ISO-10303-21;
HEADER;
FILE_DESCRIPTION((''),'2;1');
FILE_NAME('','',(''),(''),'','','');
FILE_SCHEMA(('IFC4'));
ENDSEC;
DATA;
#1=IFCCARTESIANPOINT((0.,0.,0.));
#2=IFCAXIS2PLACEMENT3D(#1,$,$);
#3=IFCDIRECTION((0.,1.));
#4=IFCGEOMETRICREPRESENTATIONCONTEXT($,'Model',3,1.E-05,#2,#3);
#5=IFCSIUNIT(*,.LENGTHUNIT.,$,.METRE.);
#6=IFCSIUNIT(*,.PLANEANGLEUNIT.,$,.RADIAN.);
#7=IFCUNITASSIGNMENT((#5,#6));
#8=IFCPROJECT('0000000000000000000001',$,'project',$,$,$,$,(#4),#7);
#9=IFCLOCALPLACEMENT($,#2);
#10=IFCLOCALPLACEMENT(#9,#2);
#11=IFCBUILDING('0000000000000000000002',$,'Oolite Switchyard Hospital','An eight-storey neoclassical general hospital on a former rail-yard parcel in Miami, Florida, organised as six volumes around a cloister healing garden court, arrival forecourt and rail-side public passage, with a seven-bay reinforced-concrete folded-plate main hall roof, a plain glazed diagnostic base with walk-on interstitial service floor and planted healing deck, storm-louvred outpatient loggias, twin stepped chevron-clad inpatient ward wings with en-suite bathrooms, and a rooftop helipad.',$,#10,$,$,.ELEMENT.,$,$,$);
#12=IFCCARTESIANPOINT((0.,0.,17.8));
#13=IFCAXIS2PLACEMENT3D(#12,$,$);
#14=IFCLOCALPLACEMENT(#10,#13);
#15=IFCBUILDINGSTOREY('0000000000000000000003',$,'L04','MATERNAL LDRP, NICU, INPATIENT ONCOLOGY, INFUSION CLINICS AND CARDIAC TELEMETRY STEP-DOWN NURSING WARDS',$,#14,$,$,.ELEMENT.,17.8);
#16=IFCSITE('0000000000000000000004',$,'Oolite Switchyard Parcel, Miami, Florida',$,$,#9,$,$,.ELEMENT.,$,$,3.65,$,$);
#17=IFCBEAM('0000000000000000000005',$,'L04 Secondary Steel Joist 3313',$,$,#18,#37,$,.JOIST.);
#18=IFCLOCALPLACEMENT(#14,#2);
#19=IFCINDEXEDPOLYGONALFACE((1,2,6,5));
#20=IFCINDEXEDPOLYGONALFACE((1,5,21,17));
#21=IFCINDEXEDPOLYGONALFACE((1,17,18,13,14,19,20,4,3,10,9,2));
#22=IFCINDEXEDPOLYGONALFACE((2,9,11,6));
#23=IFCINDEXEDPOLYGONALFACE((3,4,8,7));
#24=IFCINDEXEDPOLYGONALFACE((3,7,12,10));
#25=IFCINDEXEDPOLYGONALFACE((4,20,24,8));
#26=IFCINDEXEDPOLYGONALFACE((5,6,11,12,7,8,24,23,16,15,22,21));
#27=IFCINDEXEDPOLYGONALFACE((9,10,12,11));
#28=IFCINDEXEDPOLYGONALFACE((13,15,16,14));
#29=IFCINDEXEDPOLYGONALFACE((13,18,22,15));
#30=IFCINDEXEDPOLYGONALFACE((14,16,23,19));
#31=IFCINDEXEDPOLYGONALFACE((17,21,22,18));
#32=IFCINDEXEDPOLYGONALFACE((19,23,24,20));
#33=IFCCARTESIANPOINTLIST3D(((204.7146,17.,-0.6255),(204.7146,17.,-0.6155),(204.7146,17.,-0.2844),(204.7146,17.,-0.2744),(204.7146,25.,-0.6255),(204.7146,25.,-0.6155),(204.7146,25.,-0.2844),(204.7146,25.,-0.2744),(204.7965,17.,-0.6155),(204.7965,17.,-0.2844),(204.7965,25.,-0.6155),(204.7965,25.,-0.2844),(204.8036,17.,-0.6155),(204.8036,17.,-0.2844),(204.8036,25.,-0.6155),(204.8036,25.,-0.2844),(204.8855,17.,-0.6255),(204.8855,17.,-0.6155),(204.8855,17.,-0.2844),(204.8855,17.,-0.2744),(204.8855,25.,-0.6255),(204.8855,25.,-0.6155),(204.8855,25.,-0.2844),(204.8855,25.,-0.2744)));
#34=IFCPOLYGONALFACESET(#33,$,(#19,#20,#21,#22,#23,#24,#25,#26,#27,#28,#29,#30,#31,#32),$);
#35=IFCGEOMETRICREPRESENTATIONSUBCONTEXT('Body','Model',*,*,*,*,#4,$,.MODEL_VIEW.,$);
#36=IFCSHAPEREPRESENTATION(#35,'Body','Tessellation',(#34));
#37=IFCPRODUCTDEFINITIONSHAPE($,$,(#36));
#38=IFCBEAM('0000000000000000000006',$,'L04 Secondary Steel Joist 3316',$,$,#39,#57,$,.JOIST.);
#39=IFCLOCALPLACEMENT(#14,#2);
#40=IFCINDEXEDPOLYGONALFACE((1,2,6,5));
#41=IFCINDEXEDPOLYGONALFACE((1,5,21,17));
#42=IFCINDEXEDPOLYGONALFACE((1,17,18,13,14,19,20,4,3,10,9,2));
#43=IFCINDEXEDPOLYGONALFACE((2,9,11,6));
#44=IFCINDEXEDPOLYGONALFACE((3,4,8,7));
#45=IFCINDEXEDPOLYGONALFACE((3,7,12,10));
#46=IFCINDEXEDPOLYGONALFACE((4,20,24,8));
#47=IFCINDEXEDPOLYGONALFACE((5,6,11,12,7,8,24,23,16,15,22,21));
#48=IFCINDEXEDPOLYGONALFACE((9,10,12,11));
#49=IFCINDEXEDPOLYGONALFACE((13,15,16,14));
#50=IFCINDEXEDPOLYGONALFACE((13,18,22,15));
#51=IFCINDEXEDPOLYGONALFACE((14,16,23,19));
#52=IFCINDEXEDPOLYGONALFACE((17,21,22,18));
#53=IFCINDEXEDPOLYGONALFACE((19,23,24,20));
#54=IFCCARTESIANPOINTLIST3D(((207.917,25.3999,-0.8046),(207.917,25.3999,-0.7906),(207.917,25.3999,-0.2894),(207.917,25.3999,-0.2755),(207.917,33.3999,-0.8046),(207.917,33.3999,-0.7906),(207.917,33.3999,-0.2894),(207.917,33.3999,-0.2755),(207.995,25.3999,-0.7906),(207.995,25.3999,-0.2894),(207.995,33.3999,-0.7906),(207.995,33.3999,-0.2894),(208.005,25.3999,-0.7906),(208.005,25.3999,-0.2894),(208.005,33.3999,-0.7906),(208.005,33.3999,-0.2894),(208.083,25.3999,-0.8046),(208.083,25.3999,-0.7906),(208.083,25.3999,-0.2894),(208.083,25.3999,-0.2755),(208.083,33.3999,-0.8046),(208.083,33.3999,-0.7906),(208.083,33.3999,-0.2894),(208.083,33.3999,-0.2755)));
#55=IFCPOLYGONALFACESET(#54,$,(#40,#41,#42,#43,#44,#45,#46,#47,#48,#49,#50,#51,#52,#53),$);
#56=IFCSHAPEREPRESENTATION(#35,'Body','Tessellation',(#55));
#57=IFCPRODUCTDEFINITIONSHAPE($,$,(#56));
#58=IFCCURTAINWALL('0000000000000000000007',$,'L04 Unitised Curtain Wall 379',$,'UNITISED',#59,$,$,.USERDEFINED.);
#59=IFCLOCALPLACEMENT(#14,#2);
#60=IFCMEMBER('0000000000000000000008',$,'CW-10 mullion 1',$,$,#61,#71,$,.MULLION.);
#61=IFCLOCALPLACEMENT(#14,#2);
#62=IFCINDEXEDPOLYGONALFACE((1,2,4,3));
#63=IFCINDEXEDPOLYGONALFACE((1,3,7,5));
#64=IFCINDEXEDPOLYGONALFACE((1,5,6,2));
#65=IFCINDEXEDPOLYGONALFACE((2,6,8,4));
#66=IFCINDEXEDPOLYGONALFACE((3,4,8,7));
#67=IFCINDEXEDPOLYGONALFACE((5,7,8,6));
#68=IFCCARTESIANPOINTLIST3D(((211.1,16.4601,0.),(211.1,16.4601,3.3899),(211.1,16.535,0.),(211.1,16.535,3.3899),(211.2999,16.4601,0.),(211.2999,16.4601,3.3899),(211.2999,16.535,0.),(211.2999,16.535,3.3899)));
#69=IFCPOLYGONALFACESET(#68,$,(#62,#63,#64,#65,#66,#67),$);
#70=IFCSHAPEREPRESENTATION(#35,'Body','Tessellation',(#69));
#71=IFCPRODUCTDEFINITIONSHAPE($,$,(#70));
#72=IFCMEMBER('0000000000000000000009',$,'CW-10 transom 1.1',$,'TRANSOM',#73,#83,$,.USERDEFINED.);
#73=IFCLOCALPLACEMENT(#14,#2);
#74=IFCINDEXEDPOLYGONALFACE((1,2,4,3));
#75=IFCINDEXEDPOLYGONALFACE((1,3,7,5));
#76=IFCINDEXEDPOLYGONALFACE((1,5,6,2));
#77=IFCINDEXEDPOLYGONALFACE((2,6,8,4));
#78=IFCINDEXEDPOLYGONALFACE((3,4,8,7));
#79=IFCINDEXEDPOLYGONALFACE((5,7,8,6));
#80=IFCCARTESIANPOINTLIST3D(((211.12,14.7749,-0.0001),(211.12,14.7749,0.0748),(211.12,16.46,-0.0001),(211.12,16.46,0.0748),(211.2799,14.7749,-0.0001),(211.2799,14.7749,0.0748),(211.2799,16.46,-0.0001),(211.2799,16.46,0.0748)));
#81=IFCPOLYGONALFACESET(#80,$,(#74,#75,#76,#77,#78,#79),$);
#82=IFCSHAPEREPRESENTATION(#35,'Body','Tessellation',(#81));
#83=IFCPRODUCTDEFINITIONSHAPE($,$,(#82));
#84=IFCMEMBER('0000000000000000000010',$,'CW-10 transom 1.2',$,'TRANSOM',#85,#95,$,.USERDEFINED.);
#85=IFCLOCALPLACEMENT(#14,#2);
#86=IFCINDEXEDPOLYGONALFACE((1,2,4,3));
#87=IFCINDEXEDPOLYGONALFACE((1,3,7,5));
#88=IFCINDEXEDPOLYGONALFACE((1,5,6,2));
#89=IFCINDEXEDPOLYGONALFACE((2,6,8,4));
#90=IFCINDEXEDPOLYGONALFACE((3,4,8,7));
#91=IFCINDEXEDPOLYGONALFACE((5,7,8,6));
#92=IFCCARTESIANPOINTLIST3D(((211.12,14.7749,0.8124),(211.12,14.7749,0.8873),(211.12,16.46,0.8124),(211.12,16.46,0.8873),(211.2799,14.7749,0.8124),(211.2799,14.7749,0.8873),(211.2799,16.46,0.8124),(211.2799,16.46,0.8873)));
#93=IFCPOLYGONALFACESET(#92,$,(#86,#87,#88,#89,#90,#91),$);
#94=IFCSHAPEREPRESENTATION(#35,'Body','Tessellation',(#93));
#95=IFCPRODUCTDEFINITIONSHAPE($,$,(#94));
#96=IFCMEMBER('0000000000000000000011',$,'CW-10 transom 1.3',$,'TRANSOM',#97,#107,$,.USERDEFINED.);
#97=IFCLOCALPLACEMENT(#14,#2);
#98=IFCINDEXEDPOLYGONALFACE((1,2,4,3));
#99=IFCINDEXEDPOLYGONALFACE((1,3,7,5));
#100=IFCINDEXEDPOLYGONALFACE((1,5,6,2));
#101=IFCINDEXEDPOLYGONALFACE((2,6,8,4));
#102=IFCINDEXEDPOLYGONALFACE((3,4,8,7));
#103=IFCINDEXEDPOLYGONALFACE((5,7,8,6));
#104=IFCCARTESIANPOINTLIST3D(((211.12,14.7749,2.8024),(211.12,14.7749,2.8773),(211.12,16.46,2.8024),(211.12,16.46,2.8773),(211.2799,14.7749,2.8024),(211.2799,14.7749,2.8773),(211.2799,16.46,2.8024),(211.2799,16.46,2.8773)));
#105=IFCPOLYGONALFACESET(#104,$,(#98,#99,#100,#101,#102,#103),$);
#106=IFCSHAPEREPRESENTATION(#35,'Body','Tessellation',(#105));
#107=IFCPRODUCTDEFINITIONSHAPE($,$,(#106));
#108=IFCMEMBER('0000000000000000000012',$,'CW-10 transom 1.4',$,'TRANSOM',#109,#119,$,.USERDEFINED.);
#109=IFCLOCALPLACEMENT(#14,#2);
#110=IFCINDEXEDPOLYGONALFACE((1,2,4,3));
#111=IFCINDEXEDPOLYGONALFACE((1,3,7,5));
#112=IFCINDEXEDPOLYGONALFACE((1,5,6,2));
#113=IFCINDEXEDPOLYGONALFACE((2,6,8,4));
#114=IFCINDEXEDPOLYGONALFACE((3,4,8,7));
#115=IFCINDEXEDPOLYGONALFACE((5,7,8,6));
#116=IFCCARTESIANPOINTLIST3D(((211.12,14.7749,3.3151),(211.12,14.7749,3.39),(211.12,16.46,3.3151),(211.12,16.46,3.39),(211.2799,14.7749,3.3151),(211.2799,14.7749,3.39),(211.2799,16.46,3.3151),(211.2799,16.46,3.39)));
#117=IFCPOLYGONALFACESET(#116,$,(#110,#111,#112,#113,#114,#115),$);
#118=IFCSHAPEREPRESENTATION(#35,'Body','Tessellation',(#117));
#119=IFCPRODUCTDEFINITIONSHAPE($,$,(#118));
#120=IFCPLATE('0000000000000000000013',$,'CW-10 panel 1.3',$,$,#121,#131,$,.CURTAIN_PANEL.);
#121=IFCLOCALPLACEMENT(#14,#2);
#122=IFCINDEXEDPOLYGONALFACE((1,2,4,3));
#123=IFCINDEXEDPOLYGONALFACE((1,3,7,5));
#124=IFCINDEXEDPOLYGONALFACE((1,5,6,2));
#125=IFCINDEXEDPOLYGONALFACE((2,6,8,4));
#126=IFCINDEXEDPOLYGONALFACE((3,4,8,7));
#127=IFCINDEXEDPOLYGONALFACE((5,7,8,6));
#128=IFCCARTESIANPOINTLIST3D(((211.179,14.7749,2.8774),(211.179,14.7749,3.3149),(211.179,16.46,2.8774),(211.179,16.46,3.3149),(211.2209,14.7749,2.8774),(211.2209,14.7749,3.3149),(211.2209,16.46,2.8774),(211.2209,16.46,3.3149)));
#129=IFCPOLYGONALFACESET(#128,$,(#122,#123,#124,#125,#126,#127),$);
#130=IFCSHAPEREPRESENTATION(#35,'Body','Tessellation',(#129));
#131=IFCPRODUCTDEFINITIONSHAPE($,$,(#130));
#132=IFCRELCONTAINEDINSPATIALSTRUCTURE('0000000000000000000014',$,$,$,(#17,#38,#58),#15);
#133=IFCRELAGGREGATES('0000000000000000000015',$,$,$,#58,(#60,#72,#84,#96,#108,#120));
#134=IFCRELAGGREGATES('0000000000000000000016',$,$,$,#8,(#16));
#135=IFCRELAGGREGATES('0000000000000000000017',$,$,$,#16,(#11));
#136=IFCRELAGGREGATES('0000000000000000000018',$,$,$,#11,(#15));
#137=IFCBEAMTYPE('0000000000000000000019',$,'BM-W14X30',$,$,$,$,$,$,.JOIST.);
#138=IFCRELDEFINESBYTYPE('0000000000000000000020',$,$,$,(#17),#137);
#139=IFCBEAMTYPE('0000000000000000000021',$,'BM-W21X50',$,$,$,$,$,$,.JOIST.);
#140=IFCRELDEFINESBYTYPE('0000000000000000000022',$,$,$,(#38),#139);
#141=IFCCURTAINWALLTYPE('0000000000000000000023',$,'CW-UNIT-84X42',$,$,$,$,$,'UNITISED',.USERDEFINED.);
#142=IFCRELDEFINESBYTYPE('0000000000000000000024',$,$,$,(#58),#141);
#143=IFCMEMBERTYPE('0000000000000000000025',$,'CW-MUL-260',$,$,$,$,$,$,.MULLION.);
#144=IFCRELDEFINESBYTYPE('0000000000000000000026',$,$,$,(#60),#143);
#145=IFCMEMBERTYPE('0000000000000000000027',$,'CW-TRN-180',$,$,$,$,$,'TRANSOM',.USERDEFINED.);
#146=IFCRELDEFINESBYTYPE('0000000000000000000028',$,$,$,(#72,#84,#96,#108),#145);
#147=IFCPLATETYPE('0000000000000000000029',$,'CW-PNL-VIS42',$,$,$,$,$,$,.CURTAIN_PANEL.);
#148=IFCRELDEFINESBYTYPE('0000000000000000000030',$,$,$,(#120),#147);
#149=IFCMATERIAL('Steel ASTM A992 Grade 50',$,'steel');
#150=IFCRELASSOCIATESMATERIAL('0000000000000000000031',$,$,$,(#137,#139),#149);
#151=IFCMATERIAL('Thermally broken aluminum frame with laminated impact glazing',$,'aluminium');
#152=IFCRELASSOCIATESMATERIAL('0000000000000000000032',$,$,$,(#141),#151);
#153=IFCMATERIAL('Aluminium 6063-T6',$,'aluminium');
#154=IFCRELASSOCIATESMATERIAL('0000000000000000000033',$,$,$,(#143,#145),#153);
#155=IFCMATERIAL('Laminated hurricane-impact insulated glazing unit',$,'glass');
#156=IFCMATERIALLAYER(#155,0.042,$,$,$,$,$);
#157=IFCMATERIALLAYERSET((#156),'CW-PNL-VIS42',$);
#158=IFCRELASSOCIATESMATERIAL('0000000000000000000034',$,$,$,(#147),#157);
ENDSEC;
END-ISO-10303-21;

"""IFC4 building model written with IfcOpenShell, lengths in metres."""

from ifc_helpers import new_model, si_unit, direction, frame, origin, origin_2d, place, context, subcontext, project, spatial, rectangle, i_section, extrude, material, layer, layer_set, material_profile, profile_set, type_object, element, aggregate, save


model = new_model("IFC4")

# Units and contexts
model_context = context("Model", 3, precision=1e-05, world=origin(), true_north=direction((0.0, 1.0)))
body_context = subcontext(model_context, "Body", "Model", "MODEL_VIEW")
ifc_project = project(units=[si_unit("LENGTHUNIT", "METRE"), si_unit("PLANEANGLEUNIT", "RADIAN")], contexts=[model_context])

# Site, building, storey
site_placement = place(None, origin())
site = spatial("IfcSite", under=ifc_project, at=site_placement, Name="Oolite Switchyard Parcel, Miami, Florida", CompositionType="ELEMENT", RefElevation=3.65)
building_placement = place(site_placement, origin())
building = spatial("IfcBuilding", under=site, at=building_placement, Name="Oolite Switchyard Hospital", Description="An eight-storey neoclassical general hospital on a former rail-yard parcel in Miami, Florida, organised as six volumes around a cloister healing garden court, arrival forecourt and rail-side public passage, with a seven-bay reinforced-concrete folded-plate main hall roof, a plain glazed diagnostic base with walk-on interstitial service floor and planted healing deck, storm-louvred outpatient loggias, twin stepped chevron-clad inpatient ward wings with en-suite bathrooms, and a rooftop helipad.", CompositionType="ELEMENT")
storey_placement = place(building_placement, frame((0.0, 0.0, 17.8)))
storey = spatial("IfcBuildingStorey", under=building, at=storey_placement, Name="L04", Description="MATERNAL LDRP, NICU, INPATIENT ONCOLOGY, INFUSION CLINICS AND CARDIAC TELEMETRY STEP-DOWN NURSING WARDS", CompositionType="ELEMENT", Elevation=17.8)

# Beams
ifc_material_1 = material(Name="Steel ASTM A992 Grade 50", Category="steel")
ifc_material_profile_1 = material_profile(ifc_material_1, i_section(OverallWidth=0.1709, OverallDepth=0.3511, WebThickness=0.0071, FlangeThickness=0.01, at=origin_2d()), Name="W14X30")
ifc_profile_set_1 = profile_set([ifc_material_profile_1], Name="Steel ASTM A992 Grade 50")
beam_type_1 = type_object("IfcBeamType", Name="BM-W14X30", PredefinedType="JOIST", material=ifc_profile_set_1)
beam_1_placement = place(storey_placement, frame((204.8, 17.0, -0.45), z_axis=(0.0, 1.0, 0.0), x_axis=(-1.0, 0.0, 0.0)))
element("IfcBeam", 1, at=beam_1_placement, inside=storey, type_object=beam_type_1, Name="L04 Secondary Steel Joist 3313", PredefinedType="JOIST", context=body_context, shape_type="SweptSolid", body=[
    extrude(i_section(OverallWidth=0.1709, OverallDepth=0.3511, WebThickness=0.0071, FlangeThickness=0.01, at=origin_2d()), origin(), (0.0, 0.0, 1.0), 8.0),
])
ifc_material_profile_2 = material_profile(ifc_material_1, i_section(OverallWidth=0.166, OverallDepth=0.5291, WebThickness=0.01, FlangeThickness=0.0139, at=origin_2d()), Name="W21X50")
ifc_profile_set_2 = profile_set([ifc_material_profile_2], Name="Steel ASTM A992 Grade 50")
beam_type_2 = type_object("IfcBeamType", Name="BM-W21X50", PredefinedType="JOIST", material=ifc_profile_set_2)
beam_2_placement = place(storey_placement, frame((208.0, 25.3999, -0.54), z_axis=(0.0, 1.0, 0.0), x_axis=(-1.0, 0.0, 0.0)))
element("IfcBeam", 2, at=beam_2_placement, inside=storey, type_object=beam_type_2, Name="L04 Secondary Steel Joist 3316", PredefinedType="JOIST", context=body_context, shape_type="SweptSolid", body=[
    extrude(i_section(OverallWidth=0.166, OverallDepth=0.5291, WebThickness=0.01, FlangeThickness=0.0139, at=origin_2d()), origin(), (0.0, 0.0, 1.0), 8.0),
])

# Curtain wall, members, plate
ifc_material_2 = material(Name="Thermally broken aluminum frame with laminated impact glazing", Category="aluminium")
curtain_wall_type = type_object("IfcCurtainWallType", Name="CW-UNIT-84X42", ElementType="UNITISED", PredefinedType="USERDEFINED", material=ifc_material_2)
curtain_wall_placement = place(storey_placement, origin())
curtain_wall = element("IfcCurtainWall", 3, at=curtain_wall_placement, inside=storey, type_object=curtain_wall_type, Name="L04 Unitised Curtain Wall 379", ObjectType="UNITISED", PredefinedType="USERDEFINED")
ifc_material_3 = material(Name="Aluminium 6063-T6", Category="aluminium")
ifc_material_profile_3 = material_profile(ifc_material_3, rectangle(XDim=0.2, YDim=0.075, at=origin_2d()), Name="CWM75X200")
ifc_profile_set_3 = profile_set([ifc_material_profile_3], Name="Aluminium 6063-T6")
member_type_1 = type_object("IfcMemberType", Name="CW-MUL-260", PredefinedType="MULLION", material=ifc_profile_set_3)
member_1_placement = place(storey_placement, frame((211.2, 16.4976, 0.0), z_axis=(0.0, 0.0, 1.0), x_axis=(1.0, 0.0, 0.0)))
member_1 = element("IfcMember", 4, at=member_1_placement, type_object=member_type_1, Name="CW-10 mullion 1", PredefinedType="MULLION", context=body_context, shape_type="SweptSolid", body=[
    extrude(rectangle(XDim=0.2, YDim=0.075, at=origin_2d()), origin(), (0.0, 0.0, 1.0), 3.3899),
])
ifc_material_profile_4 = material_profile(ifc_material_3, rectangle(XDim=0.1599, YDim=0.075, at=origin_2d()), Name="CWT75X160")
ifc_profile_set_4 = profile_set([ifc_material_profile_4], Name="Aluminium 6063-T6")
member_type_2 = type_object("IfcMemberType", Name="CW-TRN-180", ElementType="TRANSOM", PredefinedType="USERDEFINED", material=ifc_profile_set_4)
member_2_placement = place(storey_placement, frame((211.2, 16.46, 0.0374), z_axis=(0.0, -1.0, 0.0), x_axis=(1.0, 0.0, 0.0)))
member_2 = element("IfcMember", 5, at=member_2_placement, type_object=member_type_2, Name="CW-10 transom 1.1", ObjectType="TRANSOM", PredefinedType="USERDEFINED", context=body_context, shape_type="SweptSolid", body=[
    extrude(rectangle(XDim=0.1599, YDim=0.075, at=origin_2d()), origin(), (0.0, 0.0, 1.0), 1.6851),
])
member_3_placement = place(storey_placement, frame((211.2, 16.46, 0.8499), z_axis=(0.0, -1.0, 0.0), x_axis=(1.0, 0.0, 0.0)))
member_3 = element("IfcMember", 6, at=member_3_placement, type_object=member_type_2, Name="CW-10 transom 1.2", ObjectType="TRANSOM", PredefinedType="USERDEFINED", context=body_context, shape_type="SweptSolid", body=[
    extrude(rectangle(XDim=0.1599, YDim=0.075, at=origin_2d()), origin(), (0.0, 0.0, 1.0), 1.6851),
])
member_4_placement = place(storey_placement, frame((211.2, 16.46, 2.8398), z_axis=(0.0, -1.0, 0.0), x_axis=(1.0, 0.0, 0.0)))
member_4 = element("IfcMember", 7, at=member_4_placement, type_object=member_type_2, Name="CW-10 transom 1.3", ObjectType="TRANSOM", PredefinedType="USERDEFINED", context=body_context, shape_type="SweptSolid", body=[
    extrude(rectangle(XDim=0.1599, YDim=0.075, at=origin_2d()), origin(), (0.0, 0.0, 1.0), 1.6851),
])
member_5_placement = place(storey_placement, frame((211.2, 16.46, 3.3525), z_axis=(0.0, -1.0, 0.0), x_axis=(1.0, 0.0, 0.0)))
member_5 = element("IfcMember", 8, at=member_5_placement, type_object=member_type_2, Name="CW-10 transom 1.4", ObjectType="TRANSOM", PredefinedType="USERDEFINED", context=body_context, shape_type="SweptSolid", body=[
    extrude(rectangle(XDim=0.1599, YDim=0.075, at=origin_2d()), origin(), (0.0, 0.0, 1.0), 1.6851),
])
ifc_material_4 = material(Name="Laminated hurricane-impact insulated glazing unit", Category="glass")
ifc_layer = layer(ifc_material_4, 0.042)
ifc_layer_set = layer_set([ifc_layer], Name="CW-PNL-VIS42")
plate_type = type_object("IfcPlateType", Name="CW-PNL-VIS42", PredefinedType="CURTAIN_PANEL", material=ifc_layer_set)
plate_placement = place(storey_placement, frame((211.2, 15.6174, 2.8774), z_axis=(0.0, 0.0, 1.0), x_axis=(0.0, -1.0, 0.0)))
plate = element("IfcPlate", 9, at=plate_placement, type_object=plate_type, Name="CW-10 panel 1.3", PredefinedType="CURTAIN_PANEL", context=body_context, shape_type="SweptSolid", body=[
    extrude(rectangle(XDim=1.6851, YDim=0.042, at=origin_2d()), origin(), (0.0, 0.0, 1.0), 0.4375),
])
aggregate(curtain_wall, [member_1, member_2, member_3, member_4, member_5, plate])

save(model, "model.ifc")
